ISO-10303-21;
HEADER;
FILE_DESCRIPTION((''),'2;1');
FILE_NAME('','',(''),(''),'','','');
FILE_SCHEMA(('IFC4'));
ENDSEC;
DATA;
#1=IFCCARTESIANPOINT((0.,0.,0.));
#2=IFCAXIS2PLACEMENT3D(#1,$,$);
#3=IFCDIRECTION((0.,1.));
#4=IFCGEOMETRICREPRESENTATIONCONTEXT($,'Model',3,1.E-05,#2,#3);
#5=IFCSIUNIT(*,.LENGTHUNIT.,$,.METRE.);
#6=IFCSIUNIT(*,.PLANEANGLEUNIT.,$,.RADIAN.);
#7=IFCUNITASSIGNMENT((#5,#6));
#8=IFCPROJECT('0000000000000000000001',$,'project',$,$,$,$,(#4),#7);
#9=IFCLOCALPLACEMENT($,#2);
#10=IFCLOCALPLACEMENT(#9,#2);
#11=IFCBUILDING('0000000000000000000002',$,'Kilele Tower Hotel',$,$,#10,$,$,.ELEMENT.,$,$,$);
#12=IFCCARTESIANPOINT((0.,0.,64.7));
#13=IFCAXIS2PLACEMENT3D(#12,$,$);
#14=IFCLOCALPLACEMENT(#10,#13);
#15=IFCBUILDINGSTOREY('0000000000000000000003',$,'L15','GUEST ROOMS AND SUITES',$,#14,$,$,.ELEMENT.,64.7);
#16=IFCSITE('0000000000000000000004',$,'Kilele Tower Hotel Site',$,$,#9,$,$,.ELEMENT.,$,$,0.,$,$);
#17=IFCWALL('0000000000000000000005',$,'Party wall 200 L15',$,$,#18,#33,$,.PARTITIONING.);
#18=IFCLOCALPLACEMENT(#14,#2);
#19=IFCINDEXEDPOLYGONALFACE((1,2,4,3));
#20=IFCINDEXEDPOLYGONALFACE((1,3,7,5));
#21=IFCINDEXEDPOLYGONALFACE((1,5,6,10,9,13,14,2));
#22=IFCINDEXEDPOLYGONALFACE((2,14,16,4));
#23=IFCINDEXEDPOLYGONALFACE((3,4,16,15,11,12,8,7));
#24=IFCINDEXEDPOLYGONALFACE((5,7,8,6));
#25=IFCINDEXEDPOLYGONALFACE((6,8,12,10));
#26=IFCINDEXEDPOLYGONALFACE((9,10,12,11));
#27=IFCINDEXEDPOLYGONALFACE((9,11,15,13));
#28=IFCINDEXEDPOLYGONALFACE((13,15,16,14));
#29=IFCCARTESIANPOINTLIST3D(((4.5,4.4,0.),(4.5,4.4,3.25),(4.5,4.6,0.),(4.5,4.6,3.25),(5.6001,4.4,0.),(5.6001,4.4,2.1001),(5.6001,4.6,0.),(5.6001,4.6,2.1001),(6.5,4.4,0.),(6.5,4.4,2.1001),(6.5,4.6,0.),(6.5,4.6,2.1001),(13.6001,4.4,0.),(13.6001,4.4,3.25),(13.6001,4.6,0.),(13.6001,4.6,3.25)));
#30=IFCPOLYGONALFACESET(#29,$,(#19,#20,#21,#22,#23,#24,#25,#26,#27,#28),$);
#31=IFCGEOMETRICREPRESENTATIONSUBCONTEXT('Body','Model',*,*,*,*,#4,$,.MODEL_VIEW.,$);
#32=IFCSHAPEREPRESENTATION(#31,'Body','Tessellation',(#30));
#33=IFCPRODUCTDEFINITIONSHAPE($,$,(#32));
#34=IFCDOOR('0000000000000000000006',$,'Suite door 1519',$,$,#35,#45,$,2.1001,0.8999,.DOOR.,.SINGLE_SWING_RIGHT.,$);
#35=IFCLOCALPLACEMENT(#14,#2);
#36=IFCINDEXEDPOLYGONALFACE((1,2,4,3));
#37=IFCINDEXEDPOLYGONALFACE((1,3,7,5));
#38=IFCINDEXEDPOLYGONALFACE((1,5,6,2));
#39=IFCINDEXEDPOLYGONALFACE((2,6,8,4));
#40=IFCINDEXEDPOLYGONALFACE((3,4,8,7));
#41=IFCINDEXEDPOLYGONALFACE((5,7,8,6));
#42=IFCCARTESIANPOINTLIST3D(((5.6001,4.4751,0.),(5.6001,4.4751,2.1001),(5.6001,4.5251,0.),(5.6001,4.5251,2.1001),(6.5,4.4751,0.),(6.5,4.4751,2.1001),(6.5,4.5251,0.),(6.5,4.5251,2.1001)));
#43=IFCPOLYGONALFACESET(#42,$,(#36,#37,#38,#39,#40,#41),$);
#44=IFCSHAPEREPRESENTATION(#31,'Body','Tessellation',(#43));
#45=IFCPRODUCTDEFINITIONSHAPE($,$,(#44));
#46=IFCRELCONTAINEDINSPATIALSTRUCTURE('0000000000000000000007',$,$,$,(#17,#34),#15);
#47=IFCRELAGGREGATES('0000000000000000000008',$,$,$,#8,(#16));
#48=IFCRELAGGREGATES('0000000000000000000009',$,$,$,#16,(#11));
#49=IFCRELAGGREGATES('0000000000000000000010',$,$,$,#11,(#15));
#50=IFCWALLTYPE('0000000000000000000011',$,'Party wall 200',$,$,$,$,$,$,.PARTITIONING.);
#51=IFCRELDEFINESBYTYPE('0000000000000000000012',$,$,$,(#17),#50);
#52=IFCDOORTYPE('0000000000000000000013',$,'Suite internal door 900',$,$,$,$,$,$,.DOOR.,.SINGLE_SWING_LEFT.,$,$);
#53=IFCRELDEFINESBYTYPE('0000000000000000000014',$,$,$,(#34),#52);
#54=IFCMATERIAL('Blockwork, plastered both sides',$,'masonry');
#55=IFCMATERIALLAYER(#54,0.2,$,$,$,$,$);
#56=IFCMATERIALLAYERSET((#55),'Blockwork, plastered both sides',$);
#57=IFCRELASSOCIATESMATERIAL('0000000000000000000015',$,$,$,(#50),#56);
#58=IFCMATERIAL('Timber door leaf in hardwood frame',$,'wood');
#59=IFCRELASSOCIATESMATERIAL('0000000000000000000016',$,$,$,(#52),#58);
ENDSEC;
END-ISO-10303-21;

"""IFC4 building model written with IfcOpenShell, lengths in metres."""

from ifc_helpers import new_model, si_unit, direction, frame, frame_2d, origin, place, context, subcontext, project, spatial, rectangle, extrude, material, layer, layer_set, type_object, element, fill, save


model = new_model("IFC4")

# Units and contexts
model_context = context("Model", 3, precision=1e-05, world=origin(), true_north=direction((0.0, 1.0)))
body_context = subcontext(model_context, "Body", "Model", "MODEL_VIEW")
ifc_project = project(units=[si_unit("LENGTHUNIT", "METRE"), si_unit("PLANEANGLEUNIT", "RADIAN")], contexts=[model_context])

# Site, building, storey
site_placement = place(None, origin())
site = spatial("IfcSite", under=ifc_project, at=site_placement, Name="Kilele Tower Hotel Site", CompositionType="ELEMENT", RefElevation=0.0)
building_placement = place(site_placement, origin())
building = spatial("IfcBuilding", under=site, at=building_placement, Name="Kilele Tower Hotel", CompositionType="ELEMENT")
storey_placement = place(building_placement, frame((0.0, 0.0, 64.7)))
storey = spatial("IfcBuildingStorey", under=building, at=storey_placement, Name="L15", Description="GUEST ROOMS AND SUITES", CompositionType="ELEMENT", Elevation=64.7)

# Wall, opening, door
ifc_material_1 = material(Name="Blockwork, plastered both sides", Category="masonry")
ifc_layer_1 = layer(ifc_material_1, 0.2)
ifc_layer_set_1 = layer_set([ifc_layer_1], Name="Blockwork, plastered both sides")
wall_type_1 = type_object("IfcWallType", Name="Party wall 200", PredefinedType="PARTITIONING", material=ifc_layer_set_1)
wall_1_placement = place(storey_placement, frame((13.6001, 4.5, 0.0), z_axis=(0.0, 0.0, 1.0), x_axis=(-1.0, 0.0, 0.0)))
wall_1 = element("IfcWall", 1, at=wall_1_placement, inside=storey, type_object=wall_type_1, Name="Party wall 200 L15", PredefinedType="PARTITIONING", context=body_context, shape_type="SweptSolid", body=[
    extrude(rectangle(XDim=9.1001, YDim=0.2, at=frame_2d((4.55, 0.0))), origin(), (0.0, 0.0, 1.0), 3.25),
])
opening_1_placement = place(wall_1_placement, frame((7.1001, 0.0, 0.0)))
opening_1 = element("IfcOpeningElement", 2, at=opening_1_placement, cuts=wall_1, PredefinedType="OPENING", context=body_context, shape_type="SweptSolid", body=[
    extrude(rectangle(XDim=0.8999, YDim=2.1001, at=frame_2d((0.45, 1.05))), frame((0.0, 0.1099, 0.0), z_axis=(0.0, -1.0, 0.0), x_axis=(1.0, 0.0, 0.0)), (0.0, 0.0, 1.0), 0.22),
])
ifc_material_2 = material(Name="Timber door leaf in hardwood frame", Category="wood")
door_type_1 = type_object("IfcDoorType", Name="Suite internal door 900", OperationType="SINGLE_SWING_LEFT", PredefinedType="DOOR", material=ifc_material_2)
door_1_placement = place(opening_1_placement, origin())
door_1 = element("IfcDoor", 3, at=door_1_placement, inside=storey, type_object=door_type_1, Name="Suite door 1519", OperationType="SINGLE_SWING_RIGHT", OverallHeight=2.1001, OverallWidth=0.8999, PredefinedType="DOOR", context=body_context, shape_type="SweptSolid", body=[
    extrude(rectangle(XDim=0.8999, YDim=2.1001, at=frame_2d((0.45, 1.05))), frame((0.0, 0.0249, 0.0), z_axis=(0.0, -1.0, 0.0), x_axis=(1.0, 0.0, 0.0)), (0.0, 0.0, 1.0), 0.05),
])
fill(opening_1, door_1)

save(model, "model.ifc")
